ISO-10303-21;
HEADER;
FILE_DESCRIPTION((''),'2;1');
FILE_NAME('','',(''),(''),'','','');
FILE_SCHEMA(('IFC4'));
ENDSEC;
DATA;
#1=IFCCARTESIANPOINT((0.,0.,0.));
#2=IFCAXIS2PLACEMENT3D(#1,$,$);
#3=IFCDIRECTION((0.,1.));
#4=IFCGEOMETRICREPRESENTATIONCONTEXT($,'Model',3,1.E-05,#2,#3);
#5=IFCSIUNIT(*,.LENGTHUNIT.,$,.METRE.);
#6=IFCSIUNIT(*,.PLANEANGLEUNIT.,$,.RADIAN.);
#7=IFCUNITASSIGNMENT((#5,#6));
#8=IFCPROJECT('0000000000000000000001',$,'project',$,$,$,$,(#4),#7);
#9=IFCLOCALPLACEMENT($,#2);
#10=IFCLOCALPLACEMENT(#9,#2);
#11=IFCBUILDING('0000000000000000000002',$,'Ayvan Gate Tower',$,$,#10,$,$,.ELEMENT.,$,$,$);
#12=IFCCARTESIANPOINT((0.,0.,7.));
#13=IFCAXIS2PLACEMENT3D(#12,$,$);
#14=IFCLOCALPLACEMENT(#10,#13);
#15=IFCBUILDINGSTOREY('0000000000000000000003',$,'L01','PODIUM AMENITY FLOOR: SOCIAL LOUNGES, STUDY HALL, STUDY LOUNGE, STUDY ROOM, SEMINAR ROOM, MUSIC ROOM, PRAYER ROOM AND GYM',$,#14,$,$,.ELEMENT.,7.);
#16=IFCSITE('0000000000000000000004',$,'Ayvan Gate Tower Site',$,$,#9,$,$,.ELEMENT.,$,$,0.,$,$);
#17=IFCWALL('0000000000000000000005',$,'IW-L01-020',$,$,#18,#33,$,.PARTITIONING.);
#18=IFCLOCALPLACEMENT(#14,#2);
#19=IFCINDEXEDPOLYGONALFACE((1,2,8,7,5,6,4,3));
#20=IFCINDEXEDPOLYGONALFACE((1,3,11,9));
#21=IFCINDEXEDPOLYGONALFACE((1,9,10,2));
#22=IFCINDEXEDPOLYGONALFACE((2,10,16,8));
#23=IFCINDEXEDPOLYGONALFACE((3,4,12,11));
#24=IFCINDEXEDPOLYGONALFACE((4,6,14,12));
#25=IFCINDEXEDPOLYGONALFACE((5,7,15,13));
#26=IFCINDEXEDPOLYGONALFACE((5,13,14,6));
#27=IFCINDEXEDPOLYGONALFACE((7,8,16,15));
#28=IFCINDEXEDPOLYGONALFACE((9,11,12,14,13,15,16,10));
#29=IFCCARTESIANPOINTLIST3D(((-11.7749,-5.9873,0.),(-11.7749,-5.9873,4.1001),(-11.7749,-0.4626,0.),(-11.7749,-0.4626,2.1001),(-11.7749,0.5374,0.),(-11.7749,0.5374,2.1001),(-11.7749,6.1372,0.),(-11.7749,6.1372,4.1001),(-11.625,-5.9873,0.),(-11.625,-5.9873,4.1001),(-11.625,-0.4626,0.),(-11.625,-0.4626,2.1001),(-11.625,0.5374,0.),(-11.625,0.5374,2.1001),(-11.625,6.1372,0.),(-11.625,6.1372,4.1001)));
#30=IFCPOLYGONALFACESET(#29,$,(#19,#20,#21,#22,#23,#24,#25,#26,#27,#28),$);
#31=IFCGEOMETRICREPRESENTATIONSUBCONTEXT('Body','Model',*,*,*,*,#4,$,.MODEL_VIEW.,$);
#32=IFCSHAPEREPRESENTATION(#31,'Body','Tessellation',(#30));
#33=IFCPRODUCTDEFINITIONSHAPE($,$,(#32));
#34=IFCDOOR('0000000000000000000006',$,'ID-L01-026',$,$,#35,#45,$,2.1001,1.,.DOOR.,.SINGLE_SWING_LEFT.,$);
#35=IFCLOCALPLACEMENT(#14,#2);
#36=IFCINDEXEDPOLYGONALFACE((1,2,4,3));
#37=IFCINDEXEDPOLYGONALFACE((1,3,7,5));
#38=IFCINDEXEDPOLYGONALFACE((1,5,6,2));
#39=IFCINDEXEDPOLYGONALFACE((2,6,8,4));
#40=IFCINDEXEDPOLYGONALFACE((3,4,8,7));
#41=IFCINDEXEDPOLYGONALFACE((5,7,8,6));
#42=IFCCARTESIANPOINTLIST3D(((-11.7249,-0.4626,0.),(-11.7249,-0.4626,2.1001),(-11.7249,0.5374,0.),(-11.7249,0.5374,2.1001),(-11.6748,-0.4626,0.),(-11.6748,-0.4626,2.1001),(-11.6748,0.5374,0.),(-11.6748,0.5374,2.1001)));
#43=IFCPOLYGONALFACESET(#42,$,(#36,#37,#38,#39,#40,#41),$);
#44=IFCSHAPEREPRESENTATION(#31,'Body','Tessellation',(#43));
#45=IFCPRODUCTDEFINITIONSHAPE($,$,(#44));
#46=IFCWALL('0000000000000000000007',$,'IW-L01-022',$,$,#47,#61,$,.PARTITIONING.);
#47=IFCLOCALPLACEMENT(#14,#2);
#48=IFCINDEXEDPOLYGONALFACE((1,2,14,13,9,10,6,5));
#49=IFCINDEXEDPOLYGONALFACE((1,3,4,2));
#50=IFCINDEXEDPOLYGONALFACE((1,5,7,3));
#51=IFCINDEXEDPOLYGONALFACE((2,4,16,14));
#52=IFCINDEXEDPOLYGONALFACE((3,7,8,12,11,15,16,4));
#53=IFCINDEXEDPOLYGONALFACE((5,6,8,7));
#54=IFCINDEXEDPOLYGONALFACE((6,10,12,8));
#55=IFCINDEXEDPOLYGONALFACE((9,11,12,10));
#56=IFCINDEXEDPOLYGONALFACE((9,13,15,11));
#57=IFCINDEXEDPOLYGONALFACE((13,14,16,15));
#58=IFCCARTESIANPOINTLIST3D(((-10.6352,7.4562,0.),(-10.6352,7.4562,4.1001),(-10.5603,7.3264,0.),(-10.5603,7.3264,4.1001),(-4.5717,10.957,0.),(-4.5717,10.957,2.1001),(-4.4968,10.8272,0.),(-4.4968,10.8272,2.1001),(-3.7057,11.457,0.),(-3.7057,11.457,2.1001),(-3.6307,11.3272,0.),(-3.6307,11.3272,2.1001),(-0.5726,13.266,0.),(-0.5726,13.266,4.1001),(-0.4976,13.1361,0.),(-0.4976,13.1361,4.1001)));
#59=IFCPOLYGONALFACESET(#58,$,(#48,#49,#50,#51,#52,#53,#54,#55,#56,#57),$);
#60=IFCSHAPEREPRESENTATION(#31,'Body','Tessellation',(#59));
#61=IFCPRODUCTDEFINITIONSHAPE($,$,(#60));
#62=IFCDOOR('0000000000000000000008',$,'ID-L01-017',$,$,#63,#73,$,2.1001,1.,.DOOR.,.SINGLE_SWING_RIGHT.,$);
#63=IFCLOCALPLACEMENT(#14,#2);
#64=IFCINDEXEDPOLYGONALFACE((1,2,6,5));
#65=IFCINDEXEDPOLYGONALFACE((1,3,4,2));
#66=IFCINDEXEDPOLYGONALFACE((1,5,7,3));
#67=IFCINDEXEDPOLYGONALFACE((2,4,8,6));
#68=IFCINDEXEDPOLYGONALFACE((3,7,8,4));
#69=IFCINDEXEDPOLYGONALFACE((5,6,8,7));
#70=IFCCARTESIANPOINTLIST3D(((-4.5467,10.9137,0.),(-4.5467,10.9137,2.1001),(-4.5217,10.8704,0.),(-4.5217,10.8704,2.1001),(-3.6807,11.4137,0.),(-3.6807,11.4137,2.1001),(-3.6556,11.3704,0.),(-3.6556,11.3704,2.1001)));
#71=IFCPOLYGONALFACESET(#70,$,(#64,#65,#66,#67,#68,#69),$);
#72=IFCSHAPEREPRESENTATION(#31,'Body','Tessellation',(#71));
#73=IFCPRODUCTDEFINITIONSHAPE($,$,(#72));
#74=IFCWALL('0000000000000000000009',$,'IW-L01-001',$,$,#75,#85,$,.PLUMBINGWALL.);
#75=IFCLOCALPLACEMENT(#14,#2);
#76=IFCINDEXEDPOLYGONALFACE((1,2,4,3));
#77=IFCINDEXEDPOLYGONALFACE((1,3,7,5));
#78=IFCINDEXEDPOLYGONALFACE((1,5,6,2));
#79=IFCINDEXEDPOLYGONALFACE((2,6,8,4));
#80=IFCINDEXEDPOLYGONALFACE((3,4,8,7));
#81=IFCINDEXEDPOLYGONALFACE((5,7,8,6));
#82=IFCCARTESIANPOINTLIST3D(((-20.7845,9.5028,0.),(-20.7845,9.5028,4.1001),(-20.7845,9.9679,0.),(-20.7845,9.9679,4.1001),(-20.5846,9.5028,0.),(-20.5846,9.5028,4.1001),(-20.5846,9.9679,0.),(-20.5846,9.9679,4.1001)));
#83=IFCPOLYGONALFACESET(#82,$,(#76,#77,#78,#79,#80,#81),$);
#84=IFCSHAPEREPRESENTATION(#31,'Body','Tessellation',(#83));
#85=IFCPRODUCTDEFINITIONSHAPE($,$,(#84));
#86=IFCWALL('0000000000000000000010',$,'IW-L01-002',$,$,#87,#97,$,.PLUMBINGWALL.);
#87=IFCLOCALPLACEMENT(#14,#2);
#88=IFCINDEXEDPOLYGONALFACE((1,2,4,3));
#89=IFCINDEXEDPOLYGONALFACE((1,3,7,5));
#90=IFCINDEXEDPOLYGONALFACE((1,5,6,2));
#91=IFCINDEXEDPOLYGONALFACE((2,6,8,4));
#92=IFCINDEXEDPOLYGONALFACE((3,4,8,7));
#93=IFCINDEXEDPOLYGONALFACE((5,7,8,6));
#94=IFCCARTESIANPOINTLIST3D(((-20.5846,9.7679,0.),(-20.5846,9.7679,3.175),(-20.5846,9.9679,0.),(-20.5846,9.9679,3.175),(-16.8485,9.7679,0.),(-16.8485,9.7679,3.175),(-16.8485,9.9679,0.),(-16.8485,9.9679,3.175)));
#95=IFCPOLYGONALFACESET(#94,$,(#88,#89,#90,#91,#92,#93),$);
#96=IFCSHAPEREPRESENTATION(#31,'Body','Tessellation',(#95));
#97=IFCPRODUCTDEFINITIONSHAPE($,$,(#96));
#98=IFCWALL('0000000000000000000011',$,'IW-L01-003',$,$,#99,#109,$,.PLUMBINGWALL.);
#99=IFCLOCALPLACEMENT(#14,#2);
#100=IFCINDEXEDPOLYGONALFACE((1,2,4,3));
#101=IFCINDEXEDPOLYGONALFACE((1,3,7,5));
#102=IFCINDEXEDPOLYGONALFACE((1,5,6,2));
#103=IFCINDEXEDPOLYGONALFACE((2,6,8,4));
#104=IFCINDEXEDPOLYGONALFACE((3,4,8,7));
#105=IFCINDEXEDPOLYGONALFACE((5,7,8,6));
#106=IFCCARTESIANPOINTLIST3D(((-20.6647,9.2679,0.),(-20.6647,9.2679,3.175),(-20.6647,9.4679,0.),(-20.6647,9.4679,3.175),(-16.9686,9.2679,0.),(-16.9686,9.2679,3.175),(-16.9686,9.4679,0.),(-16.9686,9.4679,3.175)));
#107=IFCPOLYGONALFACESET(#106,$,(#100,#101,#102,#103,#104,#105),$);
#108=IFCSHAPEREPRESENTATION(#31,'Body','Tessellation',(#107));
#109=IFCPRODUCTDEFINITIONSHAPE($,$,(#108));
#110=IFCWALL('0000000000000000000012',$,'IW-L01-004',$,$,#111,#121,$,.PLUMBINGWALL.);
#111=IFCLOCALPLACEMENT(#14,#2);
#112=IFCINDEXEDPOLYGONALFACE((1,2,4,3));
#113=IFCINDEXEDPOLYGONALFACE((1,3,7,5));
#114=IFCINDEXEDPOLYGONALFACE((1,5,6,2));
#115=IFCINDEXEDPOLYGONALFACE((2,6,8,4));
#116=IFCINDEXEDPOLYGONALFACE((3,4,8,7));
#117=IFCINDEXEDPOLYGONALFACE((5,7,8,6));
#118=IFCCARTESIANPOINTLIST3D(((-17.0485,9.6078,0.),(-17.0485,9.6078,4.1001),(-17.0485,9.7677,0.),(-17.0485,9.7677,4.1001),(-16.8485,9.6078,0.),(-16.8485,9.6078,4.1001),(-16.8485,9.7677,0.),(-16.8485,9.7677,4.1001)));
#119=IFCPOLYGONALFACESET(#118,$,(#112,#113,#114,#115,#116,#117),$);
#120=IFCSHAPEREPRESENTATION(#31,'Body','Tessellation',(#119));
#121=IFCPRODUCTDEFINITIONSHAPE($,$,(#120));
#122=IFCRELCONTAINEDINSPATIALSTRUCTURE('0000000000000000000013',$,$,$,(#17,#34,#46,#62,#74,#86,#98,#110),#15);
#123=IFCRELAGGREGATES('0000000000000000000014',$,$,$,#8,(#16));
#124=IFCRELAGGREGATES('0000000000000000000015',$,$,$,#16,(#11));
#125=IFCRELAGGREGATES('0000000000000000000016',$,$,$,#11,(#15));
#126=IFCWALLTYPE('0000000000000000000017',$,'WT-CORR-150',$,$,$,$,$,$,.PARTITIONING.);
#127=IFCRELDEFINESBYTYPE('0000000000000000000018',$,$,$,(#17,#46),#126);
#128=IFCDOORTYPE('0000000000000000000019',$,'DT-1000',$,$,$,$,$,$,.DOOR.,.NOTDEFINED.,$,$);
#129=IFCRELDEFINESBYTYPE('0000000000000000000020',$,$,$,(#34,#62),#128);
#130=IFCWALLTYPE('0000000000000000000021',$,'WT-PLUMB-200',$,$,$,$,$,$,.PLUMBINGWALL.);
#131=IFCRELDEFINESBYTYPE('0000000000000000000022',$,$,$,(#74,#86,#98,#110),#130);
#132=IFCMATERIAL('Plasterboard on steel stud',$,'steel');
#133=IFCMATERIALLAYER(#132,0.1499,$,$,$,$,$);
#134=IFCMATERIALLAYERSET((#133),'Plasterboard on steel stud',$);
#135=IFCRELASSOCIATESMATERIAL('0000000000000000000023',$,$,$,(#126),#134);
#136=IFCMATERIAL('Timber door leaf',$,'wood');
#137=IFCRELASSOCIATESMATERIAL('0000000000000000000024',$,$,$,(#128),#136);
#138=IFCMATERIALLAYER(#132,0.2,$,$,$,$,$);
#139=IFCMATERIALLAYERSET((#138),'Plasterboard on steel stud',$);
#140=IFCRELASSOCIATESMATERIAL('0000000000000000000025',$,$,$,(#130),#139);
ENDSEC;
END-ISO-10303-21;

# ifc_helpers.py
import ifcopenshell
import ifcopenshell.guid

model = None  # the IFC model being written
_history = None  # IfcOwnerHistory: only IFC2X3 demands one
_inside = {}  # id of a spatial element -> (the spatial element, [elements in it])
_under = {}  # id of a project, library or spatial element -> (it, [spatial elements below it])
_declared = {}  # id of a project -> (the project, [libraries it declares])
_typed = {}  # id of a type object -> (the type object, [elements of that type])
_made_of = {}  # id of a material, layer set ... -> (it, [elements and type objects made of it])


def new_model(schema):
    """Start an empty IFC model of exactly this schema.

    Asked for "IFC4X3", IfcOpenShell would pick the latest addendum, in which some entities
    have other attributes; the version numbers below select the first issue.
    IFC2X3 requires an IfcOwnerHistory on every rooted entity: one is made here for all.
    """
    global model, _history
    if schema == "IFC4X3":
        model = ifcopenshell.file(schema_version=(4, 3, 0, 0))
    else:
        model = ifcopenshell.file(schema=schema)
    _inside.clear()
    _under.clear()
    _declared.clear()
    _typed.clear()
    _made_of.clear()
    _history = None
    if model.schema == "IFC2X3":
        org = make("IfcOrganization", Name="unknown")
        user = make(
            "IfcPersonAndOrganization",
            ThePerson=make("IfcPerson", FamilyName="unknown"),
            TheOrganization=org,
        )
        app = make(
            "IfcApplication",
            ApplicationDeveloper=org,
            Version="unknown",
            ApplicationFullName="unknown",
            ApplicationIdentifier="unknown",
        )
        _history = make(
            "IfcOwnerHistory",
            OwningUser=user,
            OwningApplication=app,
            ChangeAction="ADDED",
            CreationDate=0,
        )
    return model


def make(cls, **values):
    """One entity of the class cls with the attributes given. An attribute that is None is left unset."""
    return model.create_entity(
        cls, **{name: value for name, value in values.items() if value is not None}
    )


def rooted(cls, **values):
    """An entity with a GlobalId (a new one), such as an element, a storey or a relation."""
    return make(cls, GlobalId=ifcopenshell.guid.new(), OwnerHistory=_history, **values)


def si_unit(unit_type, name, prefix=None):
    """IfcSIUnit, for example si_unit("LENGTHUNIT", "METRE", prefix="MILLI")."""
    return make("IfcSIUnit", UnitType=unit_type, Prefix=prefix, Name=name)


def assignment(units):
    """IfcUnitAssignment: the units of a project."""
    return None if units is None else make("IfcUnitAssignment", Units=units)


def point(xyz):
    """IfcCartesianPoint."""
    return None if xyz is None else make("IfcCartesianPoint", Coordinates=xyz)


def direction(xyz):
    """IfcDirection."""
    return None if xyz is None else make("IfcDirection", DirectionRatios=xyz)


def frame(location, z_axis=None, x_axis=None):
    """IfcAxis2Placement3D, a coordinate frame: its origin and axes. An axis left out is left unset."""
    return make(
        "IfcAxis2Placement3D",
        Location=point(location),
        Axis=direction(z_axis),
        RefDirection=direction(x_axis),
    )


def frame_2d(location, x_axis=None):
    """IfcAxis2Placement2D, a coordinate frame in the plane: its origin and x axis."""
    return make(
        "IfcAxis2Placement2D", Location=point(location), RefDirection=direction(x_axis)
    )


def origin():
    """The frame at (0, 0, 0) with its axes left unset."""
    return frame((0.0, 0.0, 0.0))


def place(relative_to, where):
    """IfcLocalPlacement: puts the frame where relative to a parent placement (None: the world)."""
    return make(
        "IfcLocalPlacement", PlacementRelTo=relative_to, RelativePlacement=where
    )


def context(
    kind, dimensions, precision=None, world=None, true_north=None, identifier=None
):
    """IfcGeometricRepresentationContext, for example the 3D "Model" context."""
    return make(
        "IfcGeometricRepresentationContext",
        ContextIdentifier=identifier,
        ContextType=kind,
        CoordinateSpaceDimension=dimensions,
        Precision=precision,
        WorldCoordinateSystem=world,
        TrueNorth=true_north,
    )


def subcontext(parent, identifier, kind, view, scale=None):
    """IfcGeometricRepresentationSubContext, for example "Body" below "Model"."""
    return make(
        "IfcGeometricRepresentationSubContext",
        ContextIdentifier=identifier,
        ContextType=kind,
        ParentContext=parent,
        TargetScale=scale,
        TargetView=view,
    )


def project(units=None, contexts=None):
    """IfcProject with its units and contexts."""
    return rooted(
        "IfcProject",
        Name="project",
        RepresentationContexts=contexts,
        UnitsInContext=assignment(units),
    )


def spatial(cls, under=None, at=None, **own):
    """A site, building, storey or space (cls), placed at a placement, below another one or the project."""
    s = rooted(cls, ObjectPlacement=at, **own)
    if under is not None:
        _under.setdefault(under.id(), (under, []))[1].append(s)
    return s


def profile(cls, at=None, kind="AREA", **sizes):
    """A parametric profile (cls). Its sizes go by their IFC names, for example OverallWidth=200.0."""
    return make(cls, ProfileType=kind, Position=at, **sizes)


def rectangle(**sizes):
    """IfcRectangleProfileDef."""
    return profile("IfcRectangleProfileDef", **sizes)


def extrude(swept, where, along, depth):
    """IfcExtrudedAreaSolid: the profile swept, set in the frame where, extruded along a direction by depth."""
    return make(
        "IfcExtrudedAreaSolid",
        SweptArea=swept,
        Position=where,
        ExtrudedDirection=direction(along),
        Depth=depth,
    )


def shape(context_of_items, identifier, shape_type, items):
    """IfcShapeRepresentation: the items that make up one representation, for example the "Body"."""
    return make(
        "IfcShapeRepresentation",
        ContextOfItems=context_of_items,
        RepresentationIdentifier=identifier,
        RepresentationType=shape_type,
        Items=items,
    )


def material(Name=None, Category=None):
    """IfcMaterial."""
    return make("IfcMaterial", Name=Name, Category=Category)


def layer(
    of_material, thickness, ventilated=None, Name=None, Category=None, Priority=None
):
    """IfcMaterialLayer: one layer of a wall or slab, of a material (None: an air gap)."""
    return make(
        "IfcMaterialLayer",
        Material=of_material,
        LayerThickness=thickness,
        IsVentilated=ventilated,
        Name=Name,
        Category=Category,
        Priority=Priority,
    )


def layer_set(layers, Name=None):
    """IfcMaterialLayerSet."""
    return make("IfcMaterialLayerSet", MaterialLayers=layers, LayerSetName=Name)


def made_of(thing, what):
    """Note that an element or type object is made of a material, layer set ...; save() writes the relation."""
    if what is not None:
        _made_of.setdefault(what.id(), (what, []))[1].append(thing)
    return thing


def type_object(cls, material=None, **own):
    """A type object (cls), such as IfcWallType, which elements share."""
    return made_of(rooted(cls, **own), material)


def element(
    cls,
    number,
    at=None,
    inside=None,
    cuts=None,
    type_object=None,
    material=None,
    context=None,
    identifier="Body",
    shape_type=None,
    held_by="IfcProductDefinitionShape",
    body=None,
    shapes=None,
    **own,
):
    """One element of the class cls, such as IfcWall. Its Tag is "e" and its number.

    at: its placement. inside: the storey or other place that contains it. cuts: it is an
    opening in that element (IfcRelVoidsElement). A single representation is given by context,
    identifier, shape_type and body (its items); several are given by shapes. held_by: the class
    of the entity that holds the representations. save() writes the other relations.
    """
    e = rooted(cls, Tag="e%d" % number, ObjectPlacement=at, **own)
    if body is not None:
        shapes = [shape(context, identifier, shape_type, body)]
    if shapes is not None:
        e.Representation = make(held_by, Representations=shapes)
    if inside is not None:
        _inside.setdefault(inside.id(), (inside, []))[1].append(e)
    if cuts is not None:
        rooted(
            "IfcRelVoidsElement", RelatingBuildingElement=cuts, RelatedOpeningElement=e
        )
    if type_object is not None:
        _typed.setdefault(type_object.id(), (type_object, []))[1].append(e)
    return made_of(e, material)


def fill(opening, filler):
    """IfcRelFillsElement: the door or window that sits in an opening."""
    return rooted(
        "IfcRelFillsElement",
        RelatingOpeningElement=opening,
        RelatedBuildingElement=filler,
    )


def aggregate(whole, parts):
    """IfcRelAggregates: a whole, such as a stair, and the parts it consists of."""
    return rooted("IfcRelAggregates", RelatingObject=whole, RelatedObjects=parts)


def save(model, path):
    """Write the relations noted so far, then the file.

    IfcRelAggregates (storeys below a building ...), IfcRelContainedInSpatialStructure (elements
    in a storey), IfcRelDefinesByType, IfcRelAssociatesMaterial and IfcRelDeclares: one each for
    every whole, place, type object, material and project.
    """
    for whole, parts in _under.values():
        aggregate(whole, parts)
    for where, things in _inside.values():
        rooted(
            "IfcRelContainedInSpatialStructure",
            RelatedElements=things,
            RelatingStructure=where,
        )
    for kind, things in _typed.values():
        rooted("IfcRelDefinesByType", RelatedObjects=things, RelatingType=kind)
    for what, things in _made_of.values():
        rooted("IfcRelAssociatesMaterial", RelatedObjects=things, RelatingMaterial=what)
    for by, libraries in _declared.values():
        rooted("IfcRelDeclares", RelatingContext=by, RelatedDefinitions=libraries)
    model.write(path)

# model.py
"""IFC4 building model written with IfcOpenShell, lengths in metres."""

from ifc_helpers import new_model, si_unit, direction, frame, frame_2d, origin, place, context, subcontext, project, spatial, rectangle, extrude, material, layer, layer_set, type_object, element, fill, save


model = new_model("IFC4")

# Units and contexts
model_context = context("Model", 3, precision=1e-05, world=origin(), true_north=direction((0.0, 1.0)))
body_context = subcontext(model_context, "Body", "Model", "MODEL_VIEW")
ifc_project = project(units=[si_unit("LENGTHUNIT", "METRE"), si_unit("PLANEANGLEUNIT", "RADIAN")], contexts=[model_context])

# Site, building, storey
site_placement = place(None, origin())
site = spatial("IfcSite", under=ifc_project, at=site_placement, Name="Ayvan Gate Tower Site", CompositionType="ELEMENT", RefElevation=0.0)
building_placement = place(site_placement, origin())
building = spatial("IfcBuilding", under=site, at=building_placement, Name="Ayvan Gate Tower", CompositionType="ELEMENT")
storey_placement = place(building_placement, frame((0.0, 0.0, 7.0)))
storey = spatial("IfcBuildingStorey", under=building, at=storey_placement, Name="L01", Description="PODIUM AMENITY FLOOR: SOCIAL LOUNGES, STUDY HALL, STUDY LOUNGE, STUDY ROOM, SEMINAR ROOM, MUSIC ROOM, PRAYER ROOM AND GYM", CompositionType="ELEMENT", Elevation=7.0)

# Shared definitions
ifc_material_1 = material(Name="Plasterboard on steel stud", Category="steel")
ifc_layer_1 = layer(ifc_material_1, 0.1499)
ifc_layer_set_1 = layer_set([ifc_layer_1], Name="Plasterboard on steel stud")
wall_type_1 = type_object("IfcWallType", Name="WT-CORR-150", PredefinedType="PARTITIONING", material=ifc_layer_set_1)
ifc_material_2 = material(Name="Timber door leaf", Category="wood")
door_type = type_object("IfcDoorType", Name="DT-1000", OperationType="NOTDEFINED", PredefinedType="DOOR", material=ifc_material_2)

# Walls, openings, doors
wall_1_placement = place(storey_placement, frame((-11.7, -5.9873, 0.0), z_axis=(0.0, 0.0, 1.0), x_axis=(0.0, 1.0, 0.0)))
wall_1 = element("IfcWall", 1, at=wall_1_placement, inside=storey, type_object=wall_type_1, Name="IW-L01-020", PredefinedType="PARTITIONING", context=body_context, shape_type="SweptSolid", body=[
    extrude(rectangle(XDim=12.1245, YDim=0.1499, at=frame_2d((6.0623, 0.0))), origin(), (0.0, 0.0, 1.0), 4.1001),
])
opening_1_placement = place(wall_1_placement, frame((5.5247, 0.0, 0.0)))
opening_1 = element("IfcOpeningElement", 2, at=opening_1_placement, cuts=wall_1, PredefinedType="OPENING", context=body_context, shape_type="SweptSolid", body=[
    extrude(rectangle(XDim=1.0, YDim=2.1001, at=frame_2d((0.5, 1.05))), frame((0.0, 0.085, 0.0), z_axis=(0.0, -1.0, 0.0), x_axis=(1.0, 0.0, 0.0)), (0.0, 0.0, 1.0), 0.1699),
])
door_1_placement = place(opening_1_placement, origin())
door_1 = element("IfcDoor", 3, at=door_1_placement, inside=storey, type_object=door_type, Name="ID-L01-026", OperationType="SINGLE_SWING_LEFT", OverallHeight=2.1001, OverallWidth=1.0, PredefinedType="DOOR", context=body_context, shape_type="SweptSolid", body=[
    extrude(rectangle(XDim=1.0, YDim=2.1001, at=frame_2d((0.5, 1.05))), frame((0.0, 0.0249, 0.0), z_axis=(0.0, -1.0, 0.0), x_axis=(1.0, 0.0, 0.0)), (0.0, 0.0, 1.0), 0.05),
])
fill(opening_1, door_1)
wall_2_placement = place(storey_placement, frame((-10.5977, 7.3914, 0.0), z_axis=(0.0, 0.0, 1.0), x_axis=(0.866022, 0.500006, 0.0)))
wall_2 = element("IfcWall", 4, at=wall_2_placement, inside=storey, type_object=wall_type_1, Name="IW-L01-022", PredefinedType="PARTITIONING", context=body_context, shape_type="SweptSolid", body=[
    extrude(rectangle(XDim=11.6194, YDim=0.1499, at=frame_2d((5.8096, 0.0))), origin(), (0.0, 0.0, 1.0), 4.1001),
])
opening_2_placement = place(wall_2_placement, frame((7.0015, 0.0, 0.0)))
opening_2 = element("IfcOpeningElement", 5, at=opening_2_placement, cuts=wall_2, PredefinedType="OPENING", context=body_context, shape_type="SweptSolid", body=[
    extrude(rectangle(XDim=1.0, YDim=2.1001, at=frame_2d((0.5, 1.05))), frame((0.0, 0.085, 0.0), z_axis=(0.0, -1.0, 0.0), x_axis=(1.0, 0.0, 0.0)), (0.0, 0.0, 1.0), 0.1699),
])
door_2_placement = place(opening_2_placement, origin())
door_2 = element("IfcDoor", 6, at=door_2_placement, inside=storey, type_object=door_type, Name="ID-L01-017", OperationType="SINGLE_SWING_RIGHT", OverallHeight=2.1001, OverallWidth=1.0, PredefinedType="DOOR", context=body_context, shape_type="SweptSolid", body=[
    extrude(rectangle(XDim=1.0, YDim=2.1001, at=frame_2d((0.5, 1.05))), frame((0.0, 0.0249, 0.0), z_axis=(0.0, -1.0, 0.0), x_axis=(1.0, 0.0, 0.0)), (0.0, 0.0, 1.0), 0.05),
])
fill(opening_2, door_2)

# Walls
ifc_layer_2 = layer(ifc_material_1, 0.2)
ifc_layer_set_2 = layer_set([ifc_layer_2], Name="Plasterboard on steel stud")
wall_type_2 = type_object("IfcWallType", Name="WT-PLUMB-200", PredefinedType="PLUMBINGWALL", material=ifc_layer_set_2)
wall_3_placement = place(storey_placement, frame((-20.6846, 9.5029, 0.0), z_axis=(0.0, 0.0, 1.0), x_axis=(0.0, 1.0, 0.0)))
element("IfcWall", 7, at=wall_3_placement, inside=storey, type_object=wall_type_2, Name="IW-L01-001", PredefinedType="PLUMBINGWALL", context=body_context, shape_type="SweptSolid", body=[
    extrude(rectangle(XDim=0.4651, YDim=0.2, at=frame_2d((0.2324, 0.0))), origin(), (0.0, 0.0, 1.0), 4.1001),
])
wall_4_placement = place(storey_placement, frame((-20.5847, 9.8679, 0.0), z_axis=(0.0, 0.0, 1.0), x_axis=(1.0, 0.0, 0.0)))
element("IfcWall", 8, at=wall_4_placement, inside=storey, type_object=wall_type_2, Name="IW-L01-002", PredefinedType="PLUMBINGWALL", context=body_context, shape_type="SweptSolid", body=[
    extrude(rectangle(XDim=3.7361, YDim=0.2, at=frame_2d((1.8682, 0.0))), origin(), (0.0, 0.0, 1.0), 3.175),
])
wall_5_placement = place(storey_placement, frame((-16.9685, 9.3679, 0.0), z_axis=(0.0, 0.0, 1.0), x_axis=(-1.0, 0.0, 0.0)))
element("IfcWall", 9, at=wall_5_placement, inside=storey, type_object=wall_type_2, Name="IW-L01-003", PredefinedType="PLUMBINGWALL", context=body_context, shape_type="SweptSolid", body=[
    extrude(rectangle(XDim=3.696, YDim=0.2, at=frame_2d((1.8481, 0.0))), origin(), (0.0, 0.0, 1.0), 3.175),
])
wall_6_placement = place(storey_placement, frame((-16.9485, 9.7678, 0.0), z_axis=(0.0, 0.0, 1.0), x_axis=(0.0, -1.0, 0.0)))
element("IfcWall", 10, at=wall_6_placement, inside=storey, type_object=wall_type_2, Name="IW-L01-004", PredefinedType="PLUMBINGWALL", context=body_context, shape_type="SweptSolid", body=[
    extrude(rectangle(XDim=0.1599, YDim=0.2, at=frame_2d((0.0801, 0.0))), origin(), (0.0, 0.0, 1.0), 4.1001),
])

save(model, "model.ifc")
